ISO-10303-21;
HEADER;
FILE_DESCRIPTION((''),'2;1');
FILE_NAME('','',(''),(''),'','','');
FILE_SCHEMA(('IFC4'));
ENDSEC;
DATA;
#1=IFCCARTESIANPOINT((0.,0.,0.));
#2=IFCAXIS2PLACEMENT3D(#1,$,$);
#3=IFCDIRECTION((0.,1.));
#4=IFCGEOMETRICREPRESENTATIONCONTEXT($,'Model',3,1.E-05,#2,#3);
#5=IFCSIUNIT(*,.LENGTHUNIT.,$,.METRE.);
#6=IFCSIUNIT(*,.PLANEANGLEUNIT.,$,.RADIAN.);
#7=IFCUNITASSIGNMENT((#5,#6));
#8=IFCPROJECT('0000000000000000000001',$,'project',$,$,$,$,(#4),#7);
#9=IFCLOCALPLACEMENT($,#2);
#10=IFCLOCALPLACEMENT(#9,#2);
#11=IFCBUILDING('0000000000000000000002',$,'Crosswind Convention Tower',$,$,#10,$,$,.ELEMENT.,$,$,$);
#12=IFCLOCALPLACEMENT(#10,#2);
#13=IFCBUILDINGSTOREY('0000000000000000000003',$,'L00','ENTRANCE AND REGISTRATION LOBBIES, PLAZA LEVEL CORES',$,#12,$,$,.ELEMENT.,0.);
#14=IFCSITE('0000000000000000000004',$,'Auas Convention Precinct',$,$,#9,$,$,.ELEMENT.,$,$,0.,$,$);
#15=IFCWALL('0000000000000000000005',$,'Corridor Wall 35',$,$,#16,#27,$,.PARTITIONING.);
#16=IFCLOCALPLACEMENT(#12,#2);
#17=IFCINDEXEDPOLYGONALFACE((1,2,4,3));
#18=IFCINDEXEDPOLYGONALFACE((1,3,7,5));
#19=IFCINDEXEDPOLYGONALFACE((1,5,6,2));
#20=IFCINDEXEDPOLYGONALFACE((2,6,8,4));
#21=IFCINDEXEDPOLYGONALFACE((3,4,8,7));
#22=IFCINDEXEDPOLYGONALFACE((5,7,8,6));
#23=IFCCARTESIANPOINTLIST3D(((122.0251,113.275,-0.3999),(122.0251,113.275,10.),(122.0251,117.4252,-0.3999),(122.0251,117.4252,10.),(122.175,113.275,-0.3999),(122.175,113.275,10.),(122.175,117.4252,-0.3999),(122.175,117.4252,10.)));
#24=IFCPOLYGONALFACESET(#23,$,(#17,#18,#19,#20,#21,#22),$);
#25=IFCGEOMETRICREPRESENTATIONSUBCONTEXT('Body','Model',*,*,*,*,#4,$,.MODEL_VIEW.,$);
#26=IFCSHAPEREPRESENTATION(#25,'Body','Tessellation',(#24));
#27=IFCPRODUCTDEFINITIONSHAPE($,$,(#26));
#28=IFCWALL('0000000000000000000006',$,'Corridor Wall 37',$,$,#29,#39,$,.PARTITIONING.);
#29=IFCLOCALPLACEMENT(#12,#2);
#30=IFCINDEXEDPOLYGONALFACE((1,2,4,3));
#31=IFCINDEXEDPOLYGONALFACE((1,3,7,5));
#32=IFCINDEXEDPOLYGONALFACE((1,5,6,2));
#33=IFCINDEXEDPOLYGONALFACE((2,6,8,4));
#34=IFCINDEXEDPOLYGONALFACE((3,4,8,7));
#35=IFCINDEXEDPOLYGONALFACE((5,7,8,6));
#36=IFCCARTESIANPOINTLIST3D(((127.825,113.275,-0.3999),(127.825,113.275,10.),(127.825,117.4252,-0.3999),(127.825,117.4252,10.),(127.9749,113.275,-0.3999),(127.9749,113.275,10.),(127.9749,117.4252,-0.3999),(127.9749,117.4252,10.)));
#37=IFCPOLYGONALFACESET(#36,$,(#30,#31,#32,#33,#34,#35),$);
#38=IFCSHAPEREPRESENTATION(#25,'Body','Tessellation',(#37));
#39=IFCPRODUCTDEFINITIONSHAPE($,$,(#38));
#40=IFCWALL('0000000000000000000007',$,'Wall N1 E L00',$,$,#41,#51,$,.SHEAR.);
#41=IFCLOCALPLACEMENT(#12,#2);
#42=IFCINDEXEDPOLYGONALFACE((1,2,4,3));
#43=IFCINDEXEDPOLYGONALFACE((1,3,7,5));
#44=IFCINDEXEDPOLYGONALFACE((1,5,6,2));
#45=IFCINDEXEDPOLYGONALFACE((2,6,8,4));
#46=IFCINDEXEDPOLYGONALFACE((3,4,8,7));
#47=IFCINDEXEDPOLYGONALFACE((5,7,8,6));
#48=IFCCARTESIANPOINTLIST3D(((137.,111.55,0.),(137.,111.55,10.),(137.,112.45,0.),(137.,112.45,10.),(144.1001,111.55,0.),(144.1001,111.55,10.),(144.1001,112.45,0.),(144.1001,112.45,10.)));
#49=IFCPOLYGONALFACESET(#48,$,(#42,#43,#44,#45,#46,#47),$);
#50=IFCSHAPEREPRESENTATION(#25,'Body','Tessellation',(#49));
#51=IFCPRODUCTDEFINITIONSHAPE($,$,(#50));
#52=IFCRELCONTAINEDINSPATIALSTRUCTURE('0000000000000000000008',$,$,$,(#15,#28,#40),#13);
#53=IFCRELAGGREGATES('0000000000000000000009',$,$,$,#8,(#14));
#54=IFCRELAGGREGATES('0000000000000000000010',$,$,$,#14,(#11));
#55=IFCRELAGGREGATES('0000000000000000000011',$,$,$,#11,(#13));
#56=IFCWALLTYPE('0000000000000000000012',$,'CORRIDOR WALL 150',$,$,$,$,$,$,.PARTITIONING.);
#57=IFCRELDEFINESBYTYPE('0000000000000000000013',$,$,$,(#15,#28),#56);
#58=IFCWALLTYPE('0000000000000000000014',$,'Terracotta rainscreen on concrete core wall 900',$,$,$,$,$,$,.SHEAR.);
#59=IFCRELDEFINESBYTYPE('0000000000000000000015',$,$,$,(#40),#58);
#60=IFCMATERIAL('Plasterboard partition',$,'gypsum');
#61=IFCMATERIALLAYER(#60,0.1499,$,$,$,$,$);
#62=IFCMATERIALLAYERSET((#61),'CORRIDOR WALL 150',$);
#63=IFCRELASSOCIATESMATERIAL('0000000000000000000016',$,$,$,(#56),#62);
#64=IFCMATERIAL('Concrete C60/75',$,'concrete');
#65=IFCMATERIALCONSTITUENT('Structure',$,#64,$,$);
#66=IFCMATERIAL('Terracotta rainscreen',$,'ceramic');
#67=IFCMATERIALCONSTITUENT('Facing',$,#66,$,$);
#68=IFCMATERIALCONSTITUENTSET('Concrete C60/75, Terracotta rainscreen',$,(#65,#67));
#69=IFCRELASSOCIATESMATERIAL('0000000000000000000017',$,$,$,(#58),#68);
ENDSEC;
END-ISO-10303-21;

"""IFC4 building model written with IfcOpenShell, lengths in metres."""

from ifc_helpers import new_model, si_unit, direction, frame, frame_2d, origin, place, context, subcontext, project, spatial, rectangle, extrude, material, layer, layer_set, constituent, constituent_set, type_object, element, save


model = new_model("IFC4")

# Units and contexts
model_context = context("Model", 3, precision=1e-05, world=origin(), true_north=direction((0.0, 1.0)))
body_context = subcontext(model_context, "Body", "Model", "MODEL_VIEW")
ifc_project = project(units=[si_unit("LENGTHUNIT", "METRE"), si_unit("PLANEANGLEUNIT", "RADIAN")], contexts=[model_context])

# Site, building, storey
site_placement = place(None, origin())
site = spatial("IfcSite", under=ifc_project, at=site_placement, Name="Auas Convention Precinct", CompositionType="ELEMENT", RefElevation=0.0)
building_placement = place(site_placement, origin())
building = spatial("IfcBuilding", under=site, at=building_placement, Name="Crosswind Convention Tower", CompositionType="ELEMENT")
storey_placement = place(building_placement, origin())
storey = spatial("IfcBuildingStorey", under=building, at=storey_placement, Name="L00", Description="ENTRANCE AND REGISTRATION LOBBIES, PLAZA LEVEL CORES", CompositionType="ELEMENT", Elevation=0.0)

# Shared definitions
ifc_material_1 = material(Name="Plasterboard partition", Category="gypsum")
ifc_layer_1 = layer(ifc_material_1, 0.1499)
ifc_layer_set_1 = layer_set([ifc_layer_1], Name="CORRIDOR WALL 150")
wall_type_1 = type_object("IfcWallType", Name="CORRIDOR WALL 150", PredefinedType="PARTITIONING", material=ifc_layer_set_1)

# Walls
for number, where, z_axis, x_axis, name in (
    (1, (122.1001, 113.2749, -0.3999), (0.0, 0.0, 1.0), (0.0, 1.0, 0.0), "Corridor Wall 35"),
    (2, (127.8999, 113.2749, -0.3999), (0.0, 0.0, 1.0), (0.0, 1.0, 0.0), "Corridor Wall 37"),
):
    element("IfcWall", number, at=place(storey_placement, frame(where, z_axis=z_axis, x_axis=x_axis)), inside=storey, type_object=wall_type_1, Name=name, PredefinedType="PARTITIONING", context=body_context, shape_type="SweptSolid", body=[
        extrude(rectangle(XDim=4.1501, YDim=0.1499, at=frame_2d((2.0752, 0.0))), origin(), (0.0, 0.0, 1.0), 10.3999),
    ])

# Wall
ifc_material_2 = material(Name="Concrete C60/75", Category="concrete")
ifc_constituent_1 = constituent(ifc_material_2, Name="Structure")
ifc_material_3 = material(Name="Terracotta rainscreen", Category="ceramic")
ifc_constituent_2 = constituent(ifc_material_3, Name="Facing")
ifc_constituent_set = constituent_set(constituents=[ifc_constituent_1, ifc_constituent_2], Name="Concrete C60/75, Terracotta rainscreen")
wall_type_2 = type_object("IfcWallType", Name="Terracotta rainscreen on concrete core wall 900", PredefinedType="SHEAR", material=ifc_constituent_set)
wall_1_placement = place(storey_placement, frame((137.0, 112.0, 0.0), z_axis=(0.0, 0.0, 1.0), x_axis=(1.0, 0.0, 0.0)))
element("IfcWall", 3, at=wall_1_placement, inside=storey, type_object=wall_type_2, Name="Wall N1 E L00", PredefinedType="SHEAR", context=body_context, shape_type="SweptSolid", body=[
    extrude(rectangle(XDim=7.1001, YDim=0.8999, at=frame_2d((3.55, 0.0))), origin(), (0.0, 0.0, 1.0), 10.0),
])

save(model, "model.ifc")
